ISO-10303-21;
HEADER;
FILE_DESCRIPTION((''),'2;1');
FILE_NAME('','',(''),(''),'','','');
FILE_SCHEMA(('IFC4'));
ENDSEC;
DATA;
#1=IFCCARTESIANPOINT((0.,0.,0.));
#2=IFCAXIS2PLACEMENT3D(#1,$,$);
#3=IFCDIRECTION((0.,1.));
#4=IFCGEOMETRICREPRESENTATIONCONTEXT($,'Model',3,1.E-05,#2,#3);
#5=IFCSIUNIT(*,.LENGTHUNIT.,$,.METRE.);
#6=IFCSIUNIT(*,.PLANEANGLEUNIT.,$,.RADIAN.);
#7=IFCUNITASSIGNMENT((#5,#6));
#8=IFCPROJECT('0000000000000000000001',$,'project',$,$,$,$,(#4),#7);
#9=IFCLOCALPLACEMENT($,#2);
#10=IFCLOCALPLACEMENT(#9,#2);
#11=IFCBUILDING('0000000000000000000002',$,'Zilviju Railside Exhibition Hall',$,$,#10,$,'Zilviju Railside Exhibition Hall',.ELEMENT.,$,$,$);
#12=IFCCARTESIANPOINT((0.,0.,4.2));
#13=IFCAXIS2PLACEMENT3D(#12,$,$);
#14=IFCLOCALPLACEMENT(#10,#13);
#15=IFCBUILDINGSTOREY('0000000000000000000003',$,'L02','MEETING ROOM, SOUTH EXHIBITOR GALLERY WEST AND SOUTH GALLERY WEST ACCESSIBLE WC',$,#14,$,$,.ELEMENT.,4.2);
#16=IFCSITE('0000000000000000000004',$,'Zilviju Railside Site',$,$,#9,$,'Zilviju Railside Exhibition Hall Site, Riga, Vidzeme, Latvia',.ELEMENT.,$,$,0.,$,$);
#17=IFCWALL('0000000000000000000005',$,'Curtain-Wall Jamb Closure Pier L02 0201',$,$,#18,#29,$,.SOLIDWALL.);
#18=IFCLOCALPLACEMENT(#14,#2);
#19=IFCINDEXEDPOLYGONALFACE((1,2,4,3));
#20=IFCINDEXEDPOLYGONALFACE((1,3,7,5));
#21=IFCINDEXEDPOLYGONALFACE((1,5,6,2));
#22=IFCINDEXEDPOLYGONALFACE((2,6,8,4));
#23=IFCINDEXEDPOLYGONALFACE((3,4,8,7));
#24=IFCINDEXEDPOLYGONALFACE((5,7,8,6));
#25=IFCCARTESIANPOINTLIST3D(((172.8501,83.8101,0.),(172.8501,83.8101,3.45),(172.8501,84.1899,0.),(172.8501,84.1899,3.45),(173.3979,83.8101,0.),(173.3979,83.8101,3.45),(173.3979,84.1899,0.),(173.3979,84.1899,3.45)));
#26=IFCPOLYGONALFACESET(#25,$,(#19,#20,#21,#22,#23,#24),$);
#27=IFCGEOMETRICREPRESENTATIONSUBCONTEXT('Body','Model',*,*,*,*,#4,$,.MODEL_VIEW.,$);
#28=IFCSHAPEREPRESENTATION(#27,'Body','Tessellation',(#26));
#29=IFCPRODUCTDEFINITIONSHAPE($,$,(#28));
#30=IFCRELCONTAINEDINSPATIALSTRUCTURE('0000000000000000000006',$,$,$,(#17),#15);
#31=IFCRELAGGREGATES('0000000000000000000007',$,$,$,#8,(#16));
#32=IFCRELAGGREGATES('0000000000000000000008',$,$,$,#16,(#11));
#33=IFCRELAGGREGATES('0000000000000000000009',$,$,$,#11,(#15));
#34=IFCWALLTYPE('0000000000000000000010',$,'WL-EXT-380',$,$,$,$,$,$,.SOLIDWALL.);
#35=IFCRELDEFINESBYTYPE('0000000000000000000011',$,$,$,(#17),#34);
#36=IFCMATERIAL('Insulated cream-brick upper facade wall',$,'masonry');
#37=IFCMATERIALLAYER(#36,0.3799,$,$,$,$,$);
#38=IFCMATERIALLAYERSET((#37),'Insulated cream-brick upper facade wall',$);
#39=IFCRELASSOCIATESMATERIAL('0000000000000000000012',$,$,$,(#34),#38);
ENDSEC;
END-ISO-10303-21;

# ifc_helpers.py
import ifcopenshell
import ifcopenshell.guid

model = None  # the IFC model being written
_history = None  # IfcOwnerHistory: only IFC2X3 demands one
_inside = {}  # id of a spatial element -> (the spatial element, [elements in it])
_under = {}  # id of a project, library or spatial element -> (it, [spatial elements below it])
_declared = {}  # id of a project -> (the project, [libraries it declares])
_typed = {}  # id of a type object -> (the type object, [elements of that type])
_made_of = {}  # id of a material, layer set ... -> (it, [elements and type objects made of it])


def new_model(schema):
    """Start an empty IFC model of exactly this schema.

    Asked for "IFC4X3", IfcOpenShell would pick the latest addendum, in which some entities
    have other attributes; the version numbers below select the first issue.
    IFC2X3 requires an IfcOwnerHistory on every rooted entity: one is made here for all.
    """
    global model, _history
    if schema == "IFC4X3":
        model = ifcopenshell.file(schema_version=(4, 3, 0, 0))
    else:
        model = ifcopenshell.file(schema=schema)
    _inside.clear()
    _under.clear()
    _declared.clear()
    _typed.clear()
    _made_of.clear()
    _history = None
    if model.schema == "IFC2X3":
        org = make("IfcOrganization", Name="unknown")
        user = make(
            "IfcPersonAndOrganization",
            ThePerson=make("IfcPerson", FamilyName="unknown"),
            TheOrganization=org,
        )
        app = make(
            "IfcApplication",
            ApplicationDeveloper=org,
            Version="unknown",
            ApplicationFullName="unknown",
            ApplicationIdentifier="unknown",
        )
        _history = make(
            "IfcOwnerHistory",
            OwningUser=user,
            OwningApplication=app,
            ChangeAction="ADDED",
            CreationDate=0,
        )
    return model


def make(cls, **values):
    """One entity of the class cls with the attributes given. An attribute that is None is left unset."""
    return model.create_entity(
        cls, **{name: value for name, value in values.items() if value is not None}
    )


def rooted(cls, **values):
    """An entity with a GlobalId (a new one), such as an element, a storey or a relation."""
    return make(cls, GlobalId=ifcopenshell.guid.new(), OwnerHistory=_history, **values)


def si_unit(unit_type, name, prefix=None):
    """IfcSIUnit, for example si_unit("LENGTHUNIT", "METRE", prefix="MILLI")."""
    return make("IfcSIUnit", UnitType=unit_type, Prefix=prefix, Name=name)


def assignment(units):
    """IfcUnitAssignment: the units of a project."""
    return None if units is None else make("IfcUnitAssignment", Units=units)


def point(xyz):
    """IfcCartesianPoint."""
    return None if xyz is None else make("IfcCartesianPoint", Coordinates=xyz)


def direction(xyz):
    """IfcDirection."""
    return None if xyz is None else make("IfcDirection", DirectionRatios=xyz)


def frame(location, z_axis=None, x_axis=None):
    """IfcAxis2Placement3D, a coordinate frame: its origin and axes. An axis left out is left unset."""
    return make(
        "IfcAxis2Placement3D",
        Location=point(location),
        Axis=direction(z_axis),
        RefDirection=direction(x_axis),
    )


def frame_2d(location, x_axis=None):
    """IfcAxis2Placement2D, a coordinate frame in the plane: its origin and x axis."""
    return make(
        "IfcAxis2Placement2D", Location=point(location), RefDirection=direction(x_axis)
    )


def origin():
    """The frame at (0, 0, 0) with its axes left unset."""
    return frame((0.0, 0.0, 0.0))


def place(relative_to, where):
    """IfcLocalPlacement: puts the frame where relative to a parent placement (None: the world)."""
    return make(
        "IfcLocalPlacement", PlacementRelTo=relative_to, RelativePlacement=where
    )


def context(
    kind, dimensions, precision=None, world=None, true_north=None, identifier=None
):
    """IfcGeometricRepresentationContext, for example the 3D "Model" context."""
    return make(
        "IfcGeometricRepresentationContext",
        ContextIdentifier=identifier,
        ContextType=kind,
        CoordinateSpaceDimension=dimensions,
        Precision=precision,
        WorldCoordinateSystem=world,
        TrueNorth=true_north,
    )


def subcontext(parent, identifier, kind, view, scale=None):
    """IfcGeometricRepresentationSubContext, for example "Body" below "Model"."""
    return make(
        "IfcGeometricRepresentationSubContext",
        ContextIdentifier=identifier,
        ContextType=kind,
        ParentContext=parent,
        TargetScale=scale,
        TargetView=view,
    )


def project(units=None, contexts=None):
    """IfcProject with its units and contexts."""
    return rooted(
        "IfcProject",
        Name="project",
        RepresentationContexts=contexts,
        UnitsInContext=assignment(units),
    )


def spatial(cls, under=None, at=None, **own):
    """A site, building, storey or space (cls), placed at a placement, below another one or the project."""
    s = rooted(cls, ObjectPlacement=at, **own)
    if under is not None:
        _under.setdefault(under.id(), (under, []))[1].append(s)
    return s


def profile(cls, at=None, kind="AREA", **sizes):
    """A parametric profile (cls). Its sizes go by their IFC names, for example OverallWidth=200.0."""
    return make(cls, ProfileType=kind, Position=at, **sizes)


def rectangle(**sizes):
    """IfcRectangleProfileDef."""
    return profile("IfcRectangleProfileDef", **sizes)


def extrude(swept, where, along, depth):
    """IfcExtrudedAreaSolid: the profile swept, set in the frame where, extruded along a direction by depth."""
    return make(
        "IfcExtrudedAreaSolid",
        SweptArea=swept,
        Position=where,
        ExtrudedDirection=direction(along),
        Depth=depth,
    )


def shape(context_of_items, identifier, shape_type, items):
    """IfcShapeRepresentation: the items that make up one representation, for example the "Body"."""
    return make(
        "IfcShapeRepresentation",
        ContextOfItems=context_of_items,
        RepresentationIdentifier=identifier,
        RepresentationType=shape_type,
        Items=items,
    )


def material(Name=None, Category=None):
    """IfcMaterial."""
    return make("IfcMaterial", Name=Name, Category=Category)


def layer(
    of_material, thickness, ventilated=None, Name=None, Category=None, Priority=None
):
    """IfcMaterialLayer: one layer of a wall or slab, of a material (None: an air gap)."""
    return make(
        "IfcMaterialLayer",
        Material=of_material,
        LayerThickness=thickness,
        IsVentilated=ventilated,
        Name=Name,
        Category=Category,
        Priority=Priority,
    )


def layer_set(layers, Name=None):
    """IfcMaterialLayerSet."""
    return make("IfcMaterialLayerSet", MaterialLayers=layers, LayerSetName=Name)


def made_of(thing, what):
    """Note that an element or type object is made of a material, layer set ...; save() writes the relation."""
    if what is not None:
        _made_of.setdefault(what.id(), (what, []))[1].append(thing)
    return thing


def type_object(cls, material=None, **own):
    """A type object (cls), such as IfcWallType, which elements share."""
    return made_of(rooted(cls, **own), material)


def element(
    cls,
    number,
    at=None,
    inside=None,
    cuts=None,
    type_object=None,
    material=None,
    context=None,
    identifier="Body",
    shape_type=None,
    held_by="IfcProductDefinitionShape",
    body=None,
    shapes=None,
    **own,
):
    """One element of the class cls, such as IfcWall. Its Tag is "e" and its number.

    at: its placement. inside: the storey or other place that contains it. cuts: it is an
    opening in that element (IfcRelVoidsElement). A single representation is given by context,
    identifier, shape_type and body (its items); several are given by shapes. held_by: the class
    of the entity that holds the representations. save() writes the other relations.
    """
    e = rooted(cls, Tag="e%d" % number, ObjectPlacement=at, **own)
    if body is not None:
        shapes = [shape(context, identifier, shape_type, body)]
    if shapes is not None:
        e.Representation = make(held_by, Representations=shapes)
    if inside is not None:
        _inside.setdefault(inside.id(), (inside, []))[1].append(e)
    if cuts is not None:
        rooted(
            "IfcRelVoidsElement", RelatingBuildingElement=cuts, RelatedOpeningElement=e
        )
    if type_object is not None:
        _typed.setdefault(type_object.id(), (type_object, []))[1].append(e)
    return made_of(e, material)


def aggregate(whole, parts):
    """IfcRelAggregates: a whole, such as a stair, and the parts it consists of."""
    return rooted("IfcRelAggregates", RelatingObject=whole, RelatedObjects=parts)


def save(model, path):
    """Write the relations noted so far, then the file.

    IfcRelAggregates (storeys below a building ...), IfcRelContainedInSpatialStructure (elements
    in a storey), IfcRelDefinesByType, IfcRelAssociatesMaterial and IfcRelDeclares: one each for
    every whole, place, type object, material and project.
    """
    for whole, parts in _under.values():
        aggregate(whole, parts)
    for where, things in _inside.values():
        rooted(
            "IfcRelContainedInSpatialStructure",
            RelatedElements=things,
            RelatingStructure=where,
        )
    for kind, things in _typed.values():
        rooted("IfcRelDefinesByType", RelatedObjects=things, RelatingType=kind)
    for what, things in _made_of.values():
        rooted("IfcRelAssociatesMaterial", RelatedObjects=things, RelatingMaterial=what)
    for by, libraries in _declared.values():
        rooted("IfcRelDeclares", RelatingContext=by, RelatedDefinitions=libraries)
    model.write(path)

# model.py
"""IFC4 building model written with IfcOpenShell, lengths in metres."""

from ifc_helpers import new_model, si_unit, direction, frame, frame_2d, origin, place, context, subcontext, project, spatial, rectangle, extrude, material, layer, layer_set, type_object, element, save


model = new_model("IFC4")

# Units and contexts
model_context = context("Model", 3, precision=1e-05, world=origin(), true_north=direction((0.0, 1.0)))
body_context = subcontext(model_context, "Body", "Model", "MODEL_VIEW")
ifc_project = project(units=[si_unit("LENGTHUNIT", "METRE"), si_unit("PLANEANGLEUNIT", "RADIAN")], contexts=[model_context])

# Site, building, storey
site_placement = place(None, origin())
site = spatial("IfcSite", under=ifc_project, at=site_placement, Name="Zilviju Railside Site", LongName="Zilviju Railside Exhibition Hall Site, Riga, Vidzeme, Latvia", CompositionType="ELEMENT", RefElevation=0.0)
building_placement = place(site_placement, origin())
building = spatial("IfcBuilding", under=site, at=building_placement, Name="Zilviju Railside Exhibition Hall", LongName="Zilviju Railside Exhibition Hall", CompositionType="ELEMENT")
storey_placement = place(building_placement, frame((0.0, 0.0, 4.2)))
storey = spatial("IfcBuildingStorey", under=building, at=storey_placement, Name="L02", Description="MEETING ROOM, SOUTH EXHIBITOR GALLERY WEST AND SOUTH GALLERY WEST ACCESSIBLE WC", CompositionType="ELEMENT", Elevation=4.2)

# Wall
ifc_material_1 = material(Name="Insulated cream-brick upper facade wall", Category="masonry")
ifc_layer_1 = layer(ifc_material_1, 0.3799)
ifc_layer_set_1 = layer_set([ifc_layer_1], Name="Insulated cream-brick upper facade wall")
wall_type = type_object("IfcWallType", Name="WL-EXT-380", PredefinedType="SOLIDWALL", material=ifc_layer_set_1)
wall_placement = place(storey_placement, frame((173.3979, 84.0, 0.0), z_axis=(0.0, 0.0, 1.0), x_axis=(-1.0, 0.0, 0.0)))
element("IfcWall", 1, at=wall_placement, inside=storey, type_object=wall_type, Name="Curtain-Wall Jamb Closure Pier L02 0201", PredefinedType="SOLIDWALL", context=body_context, shape_type="SweptSolid", body=[
    extrude(rectangle(XDim=0.5479, YDim=0.3799, at=frame_2d((0.2739, 0.0))), origin(), (0.0, 0.0, 1.0), 3.45),
])

save(model, "model.ifc")
